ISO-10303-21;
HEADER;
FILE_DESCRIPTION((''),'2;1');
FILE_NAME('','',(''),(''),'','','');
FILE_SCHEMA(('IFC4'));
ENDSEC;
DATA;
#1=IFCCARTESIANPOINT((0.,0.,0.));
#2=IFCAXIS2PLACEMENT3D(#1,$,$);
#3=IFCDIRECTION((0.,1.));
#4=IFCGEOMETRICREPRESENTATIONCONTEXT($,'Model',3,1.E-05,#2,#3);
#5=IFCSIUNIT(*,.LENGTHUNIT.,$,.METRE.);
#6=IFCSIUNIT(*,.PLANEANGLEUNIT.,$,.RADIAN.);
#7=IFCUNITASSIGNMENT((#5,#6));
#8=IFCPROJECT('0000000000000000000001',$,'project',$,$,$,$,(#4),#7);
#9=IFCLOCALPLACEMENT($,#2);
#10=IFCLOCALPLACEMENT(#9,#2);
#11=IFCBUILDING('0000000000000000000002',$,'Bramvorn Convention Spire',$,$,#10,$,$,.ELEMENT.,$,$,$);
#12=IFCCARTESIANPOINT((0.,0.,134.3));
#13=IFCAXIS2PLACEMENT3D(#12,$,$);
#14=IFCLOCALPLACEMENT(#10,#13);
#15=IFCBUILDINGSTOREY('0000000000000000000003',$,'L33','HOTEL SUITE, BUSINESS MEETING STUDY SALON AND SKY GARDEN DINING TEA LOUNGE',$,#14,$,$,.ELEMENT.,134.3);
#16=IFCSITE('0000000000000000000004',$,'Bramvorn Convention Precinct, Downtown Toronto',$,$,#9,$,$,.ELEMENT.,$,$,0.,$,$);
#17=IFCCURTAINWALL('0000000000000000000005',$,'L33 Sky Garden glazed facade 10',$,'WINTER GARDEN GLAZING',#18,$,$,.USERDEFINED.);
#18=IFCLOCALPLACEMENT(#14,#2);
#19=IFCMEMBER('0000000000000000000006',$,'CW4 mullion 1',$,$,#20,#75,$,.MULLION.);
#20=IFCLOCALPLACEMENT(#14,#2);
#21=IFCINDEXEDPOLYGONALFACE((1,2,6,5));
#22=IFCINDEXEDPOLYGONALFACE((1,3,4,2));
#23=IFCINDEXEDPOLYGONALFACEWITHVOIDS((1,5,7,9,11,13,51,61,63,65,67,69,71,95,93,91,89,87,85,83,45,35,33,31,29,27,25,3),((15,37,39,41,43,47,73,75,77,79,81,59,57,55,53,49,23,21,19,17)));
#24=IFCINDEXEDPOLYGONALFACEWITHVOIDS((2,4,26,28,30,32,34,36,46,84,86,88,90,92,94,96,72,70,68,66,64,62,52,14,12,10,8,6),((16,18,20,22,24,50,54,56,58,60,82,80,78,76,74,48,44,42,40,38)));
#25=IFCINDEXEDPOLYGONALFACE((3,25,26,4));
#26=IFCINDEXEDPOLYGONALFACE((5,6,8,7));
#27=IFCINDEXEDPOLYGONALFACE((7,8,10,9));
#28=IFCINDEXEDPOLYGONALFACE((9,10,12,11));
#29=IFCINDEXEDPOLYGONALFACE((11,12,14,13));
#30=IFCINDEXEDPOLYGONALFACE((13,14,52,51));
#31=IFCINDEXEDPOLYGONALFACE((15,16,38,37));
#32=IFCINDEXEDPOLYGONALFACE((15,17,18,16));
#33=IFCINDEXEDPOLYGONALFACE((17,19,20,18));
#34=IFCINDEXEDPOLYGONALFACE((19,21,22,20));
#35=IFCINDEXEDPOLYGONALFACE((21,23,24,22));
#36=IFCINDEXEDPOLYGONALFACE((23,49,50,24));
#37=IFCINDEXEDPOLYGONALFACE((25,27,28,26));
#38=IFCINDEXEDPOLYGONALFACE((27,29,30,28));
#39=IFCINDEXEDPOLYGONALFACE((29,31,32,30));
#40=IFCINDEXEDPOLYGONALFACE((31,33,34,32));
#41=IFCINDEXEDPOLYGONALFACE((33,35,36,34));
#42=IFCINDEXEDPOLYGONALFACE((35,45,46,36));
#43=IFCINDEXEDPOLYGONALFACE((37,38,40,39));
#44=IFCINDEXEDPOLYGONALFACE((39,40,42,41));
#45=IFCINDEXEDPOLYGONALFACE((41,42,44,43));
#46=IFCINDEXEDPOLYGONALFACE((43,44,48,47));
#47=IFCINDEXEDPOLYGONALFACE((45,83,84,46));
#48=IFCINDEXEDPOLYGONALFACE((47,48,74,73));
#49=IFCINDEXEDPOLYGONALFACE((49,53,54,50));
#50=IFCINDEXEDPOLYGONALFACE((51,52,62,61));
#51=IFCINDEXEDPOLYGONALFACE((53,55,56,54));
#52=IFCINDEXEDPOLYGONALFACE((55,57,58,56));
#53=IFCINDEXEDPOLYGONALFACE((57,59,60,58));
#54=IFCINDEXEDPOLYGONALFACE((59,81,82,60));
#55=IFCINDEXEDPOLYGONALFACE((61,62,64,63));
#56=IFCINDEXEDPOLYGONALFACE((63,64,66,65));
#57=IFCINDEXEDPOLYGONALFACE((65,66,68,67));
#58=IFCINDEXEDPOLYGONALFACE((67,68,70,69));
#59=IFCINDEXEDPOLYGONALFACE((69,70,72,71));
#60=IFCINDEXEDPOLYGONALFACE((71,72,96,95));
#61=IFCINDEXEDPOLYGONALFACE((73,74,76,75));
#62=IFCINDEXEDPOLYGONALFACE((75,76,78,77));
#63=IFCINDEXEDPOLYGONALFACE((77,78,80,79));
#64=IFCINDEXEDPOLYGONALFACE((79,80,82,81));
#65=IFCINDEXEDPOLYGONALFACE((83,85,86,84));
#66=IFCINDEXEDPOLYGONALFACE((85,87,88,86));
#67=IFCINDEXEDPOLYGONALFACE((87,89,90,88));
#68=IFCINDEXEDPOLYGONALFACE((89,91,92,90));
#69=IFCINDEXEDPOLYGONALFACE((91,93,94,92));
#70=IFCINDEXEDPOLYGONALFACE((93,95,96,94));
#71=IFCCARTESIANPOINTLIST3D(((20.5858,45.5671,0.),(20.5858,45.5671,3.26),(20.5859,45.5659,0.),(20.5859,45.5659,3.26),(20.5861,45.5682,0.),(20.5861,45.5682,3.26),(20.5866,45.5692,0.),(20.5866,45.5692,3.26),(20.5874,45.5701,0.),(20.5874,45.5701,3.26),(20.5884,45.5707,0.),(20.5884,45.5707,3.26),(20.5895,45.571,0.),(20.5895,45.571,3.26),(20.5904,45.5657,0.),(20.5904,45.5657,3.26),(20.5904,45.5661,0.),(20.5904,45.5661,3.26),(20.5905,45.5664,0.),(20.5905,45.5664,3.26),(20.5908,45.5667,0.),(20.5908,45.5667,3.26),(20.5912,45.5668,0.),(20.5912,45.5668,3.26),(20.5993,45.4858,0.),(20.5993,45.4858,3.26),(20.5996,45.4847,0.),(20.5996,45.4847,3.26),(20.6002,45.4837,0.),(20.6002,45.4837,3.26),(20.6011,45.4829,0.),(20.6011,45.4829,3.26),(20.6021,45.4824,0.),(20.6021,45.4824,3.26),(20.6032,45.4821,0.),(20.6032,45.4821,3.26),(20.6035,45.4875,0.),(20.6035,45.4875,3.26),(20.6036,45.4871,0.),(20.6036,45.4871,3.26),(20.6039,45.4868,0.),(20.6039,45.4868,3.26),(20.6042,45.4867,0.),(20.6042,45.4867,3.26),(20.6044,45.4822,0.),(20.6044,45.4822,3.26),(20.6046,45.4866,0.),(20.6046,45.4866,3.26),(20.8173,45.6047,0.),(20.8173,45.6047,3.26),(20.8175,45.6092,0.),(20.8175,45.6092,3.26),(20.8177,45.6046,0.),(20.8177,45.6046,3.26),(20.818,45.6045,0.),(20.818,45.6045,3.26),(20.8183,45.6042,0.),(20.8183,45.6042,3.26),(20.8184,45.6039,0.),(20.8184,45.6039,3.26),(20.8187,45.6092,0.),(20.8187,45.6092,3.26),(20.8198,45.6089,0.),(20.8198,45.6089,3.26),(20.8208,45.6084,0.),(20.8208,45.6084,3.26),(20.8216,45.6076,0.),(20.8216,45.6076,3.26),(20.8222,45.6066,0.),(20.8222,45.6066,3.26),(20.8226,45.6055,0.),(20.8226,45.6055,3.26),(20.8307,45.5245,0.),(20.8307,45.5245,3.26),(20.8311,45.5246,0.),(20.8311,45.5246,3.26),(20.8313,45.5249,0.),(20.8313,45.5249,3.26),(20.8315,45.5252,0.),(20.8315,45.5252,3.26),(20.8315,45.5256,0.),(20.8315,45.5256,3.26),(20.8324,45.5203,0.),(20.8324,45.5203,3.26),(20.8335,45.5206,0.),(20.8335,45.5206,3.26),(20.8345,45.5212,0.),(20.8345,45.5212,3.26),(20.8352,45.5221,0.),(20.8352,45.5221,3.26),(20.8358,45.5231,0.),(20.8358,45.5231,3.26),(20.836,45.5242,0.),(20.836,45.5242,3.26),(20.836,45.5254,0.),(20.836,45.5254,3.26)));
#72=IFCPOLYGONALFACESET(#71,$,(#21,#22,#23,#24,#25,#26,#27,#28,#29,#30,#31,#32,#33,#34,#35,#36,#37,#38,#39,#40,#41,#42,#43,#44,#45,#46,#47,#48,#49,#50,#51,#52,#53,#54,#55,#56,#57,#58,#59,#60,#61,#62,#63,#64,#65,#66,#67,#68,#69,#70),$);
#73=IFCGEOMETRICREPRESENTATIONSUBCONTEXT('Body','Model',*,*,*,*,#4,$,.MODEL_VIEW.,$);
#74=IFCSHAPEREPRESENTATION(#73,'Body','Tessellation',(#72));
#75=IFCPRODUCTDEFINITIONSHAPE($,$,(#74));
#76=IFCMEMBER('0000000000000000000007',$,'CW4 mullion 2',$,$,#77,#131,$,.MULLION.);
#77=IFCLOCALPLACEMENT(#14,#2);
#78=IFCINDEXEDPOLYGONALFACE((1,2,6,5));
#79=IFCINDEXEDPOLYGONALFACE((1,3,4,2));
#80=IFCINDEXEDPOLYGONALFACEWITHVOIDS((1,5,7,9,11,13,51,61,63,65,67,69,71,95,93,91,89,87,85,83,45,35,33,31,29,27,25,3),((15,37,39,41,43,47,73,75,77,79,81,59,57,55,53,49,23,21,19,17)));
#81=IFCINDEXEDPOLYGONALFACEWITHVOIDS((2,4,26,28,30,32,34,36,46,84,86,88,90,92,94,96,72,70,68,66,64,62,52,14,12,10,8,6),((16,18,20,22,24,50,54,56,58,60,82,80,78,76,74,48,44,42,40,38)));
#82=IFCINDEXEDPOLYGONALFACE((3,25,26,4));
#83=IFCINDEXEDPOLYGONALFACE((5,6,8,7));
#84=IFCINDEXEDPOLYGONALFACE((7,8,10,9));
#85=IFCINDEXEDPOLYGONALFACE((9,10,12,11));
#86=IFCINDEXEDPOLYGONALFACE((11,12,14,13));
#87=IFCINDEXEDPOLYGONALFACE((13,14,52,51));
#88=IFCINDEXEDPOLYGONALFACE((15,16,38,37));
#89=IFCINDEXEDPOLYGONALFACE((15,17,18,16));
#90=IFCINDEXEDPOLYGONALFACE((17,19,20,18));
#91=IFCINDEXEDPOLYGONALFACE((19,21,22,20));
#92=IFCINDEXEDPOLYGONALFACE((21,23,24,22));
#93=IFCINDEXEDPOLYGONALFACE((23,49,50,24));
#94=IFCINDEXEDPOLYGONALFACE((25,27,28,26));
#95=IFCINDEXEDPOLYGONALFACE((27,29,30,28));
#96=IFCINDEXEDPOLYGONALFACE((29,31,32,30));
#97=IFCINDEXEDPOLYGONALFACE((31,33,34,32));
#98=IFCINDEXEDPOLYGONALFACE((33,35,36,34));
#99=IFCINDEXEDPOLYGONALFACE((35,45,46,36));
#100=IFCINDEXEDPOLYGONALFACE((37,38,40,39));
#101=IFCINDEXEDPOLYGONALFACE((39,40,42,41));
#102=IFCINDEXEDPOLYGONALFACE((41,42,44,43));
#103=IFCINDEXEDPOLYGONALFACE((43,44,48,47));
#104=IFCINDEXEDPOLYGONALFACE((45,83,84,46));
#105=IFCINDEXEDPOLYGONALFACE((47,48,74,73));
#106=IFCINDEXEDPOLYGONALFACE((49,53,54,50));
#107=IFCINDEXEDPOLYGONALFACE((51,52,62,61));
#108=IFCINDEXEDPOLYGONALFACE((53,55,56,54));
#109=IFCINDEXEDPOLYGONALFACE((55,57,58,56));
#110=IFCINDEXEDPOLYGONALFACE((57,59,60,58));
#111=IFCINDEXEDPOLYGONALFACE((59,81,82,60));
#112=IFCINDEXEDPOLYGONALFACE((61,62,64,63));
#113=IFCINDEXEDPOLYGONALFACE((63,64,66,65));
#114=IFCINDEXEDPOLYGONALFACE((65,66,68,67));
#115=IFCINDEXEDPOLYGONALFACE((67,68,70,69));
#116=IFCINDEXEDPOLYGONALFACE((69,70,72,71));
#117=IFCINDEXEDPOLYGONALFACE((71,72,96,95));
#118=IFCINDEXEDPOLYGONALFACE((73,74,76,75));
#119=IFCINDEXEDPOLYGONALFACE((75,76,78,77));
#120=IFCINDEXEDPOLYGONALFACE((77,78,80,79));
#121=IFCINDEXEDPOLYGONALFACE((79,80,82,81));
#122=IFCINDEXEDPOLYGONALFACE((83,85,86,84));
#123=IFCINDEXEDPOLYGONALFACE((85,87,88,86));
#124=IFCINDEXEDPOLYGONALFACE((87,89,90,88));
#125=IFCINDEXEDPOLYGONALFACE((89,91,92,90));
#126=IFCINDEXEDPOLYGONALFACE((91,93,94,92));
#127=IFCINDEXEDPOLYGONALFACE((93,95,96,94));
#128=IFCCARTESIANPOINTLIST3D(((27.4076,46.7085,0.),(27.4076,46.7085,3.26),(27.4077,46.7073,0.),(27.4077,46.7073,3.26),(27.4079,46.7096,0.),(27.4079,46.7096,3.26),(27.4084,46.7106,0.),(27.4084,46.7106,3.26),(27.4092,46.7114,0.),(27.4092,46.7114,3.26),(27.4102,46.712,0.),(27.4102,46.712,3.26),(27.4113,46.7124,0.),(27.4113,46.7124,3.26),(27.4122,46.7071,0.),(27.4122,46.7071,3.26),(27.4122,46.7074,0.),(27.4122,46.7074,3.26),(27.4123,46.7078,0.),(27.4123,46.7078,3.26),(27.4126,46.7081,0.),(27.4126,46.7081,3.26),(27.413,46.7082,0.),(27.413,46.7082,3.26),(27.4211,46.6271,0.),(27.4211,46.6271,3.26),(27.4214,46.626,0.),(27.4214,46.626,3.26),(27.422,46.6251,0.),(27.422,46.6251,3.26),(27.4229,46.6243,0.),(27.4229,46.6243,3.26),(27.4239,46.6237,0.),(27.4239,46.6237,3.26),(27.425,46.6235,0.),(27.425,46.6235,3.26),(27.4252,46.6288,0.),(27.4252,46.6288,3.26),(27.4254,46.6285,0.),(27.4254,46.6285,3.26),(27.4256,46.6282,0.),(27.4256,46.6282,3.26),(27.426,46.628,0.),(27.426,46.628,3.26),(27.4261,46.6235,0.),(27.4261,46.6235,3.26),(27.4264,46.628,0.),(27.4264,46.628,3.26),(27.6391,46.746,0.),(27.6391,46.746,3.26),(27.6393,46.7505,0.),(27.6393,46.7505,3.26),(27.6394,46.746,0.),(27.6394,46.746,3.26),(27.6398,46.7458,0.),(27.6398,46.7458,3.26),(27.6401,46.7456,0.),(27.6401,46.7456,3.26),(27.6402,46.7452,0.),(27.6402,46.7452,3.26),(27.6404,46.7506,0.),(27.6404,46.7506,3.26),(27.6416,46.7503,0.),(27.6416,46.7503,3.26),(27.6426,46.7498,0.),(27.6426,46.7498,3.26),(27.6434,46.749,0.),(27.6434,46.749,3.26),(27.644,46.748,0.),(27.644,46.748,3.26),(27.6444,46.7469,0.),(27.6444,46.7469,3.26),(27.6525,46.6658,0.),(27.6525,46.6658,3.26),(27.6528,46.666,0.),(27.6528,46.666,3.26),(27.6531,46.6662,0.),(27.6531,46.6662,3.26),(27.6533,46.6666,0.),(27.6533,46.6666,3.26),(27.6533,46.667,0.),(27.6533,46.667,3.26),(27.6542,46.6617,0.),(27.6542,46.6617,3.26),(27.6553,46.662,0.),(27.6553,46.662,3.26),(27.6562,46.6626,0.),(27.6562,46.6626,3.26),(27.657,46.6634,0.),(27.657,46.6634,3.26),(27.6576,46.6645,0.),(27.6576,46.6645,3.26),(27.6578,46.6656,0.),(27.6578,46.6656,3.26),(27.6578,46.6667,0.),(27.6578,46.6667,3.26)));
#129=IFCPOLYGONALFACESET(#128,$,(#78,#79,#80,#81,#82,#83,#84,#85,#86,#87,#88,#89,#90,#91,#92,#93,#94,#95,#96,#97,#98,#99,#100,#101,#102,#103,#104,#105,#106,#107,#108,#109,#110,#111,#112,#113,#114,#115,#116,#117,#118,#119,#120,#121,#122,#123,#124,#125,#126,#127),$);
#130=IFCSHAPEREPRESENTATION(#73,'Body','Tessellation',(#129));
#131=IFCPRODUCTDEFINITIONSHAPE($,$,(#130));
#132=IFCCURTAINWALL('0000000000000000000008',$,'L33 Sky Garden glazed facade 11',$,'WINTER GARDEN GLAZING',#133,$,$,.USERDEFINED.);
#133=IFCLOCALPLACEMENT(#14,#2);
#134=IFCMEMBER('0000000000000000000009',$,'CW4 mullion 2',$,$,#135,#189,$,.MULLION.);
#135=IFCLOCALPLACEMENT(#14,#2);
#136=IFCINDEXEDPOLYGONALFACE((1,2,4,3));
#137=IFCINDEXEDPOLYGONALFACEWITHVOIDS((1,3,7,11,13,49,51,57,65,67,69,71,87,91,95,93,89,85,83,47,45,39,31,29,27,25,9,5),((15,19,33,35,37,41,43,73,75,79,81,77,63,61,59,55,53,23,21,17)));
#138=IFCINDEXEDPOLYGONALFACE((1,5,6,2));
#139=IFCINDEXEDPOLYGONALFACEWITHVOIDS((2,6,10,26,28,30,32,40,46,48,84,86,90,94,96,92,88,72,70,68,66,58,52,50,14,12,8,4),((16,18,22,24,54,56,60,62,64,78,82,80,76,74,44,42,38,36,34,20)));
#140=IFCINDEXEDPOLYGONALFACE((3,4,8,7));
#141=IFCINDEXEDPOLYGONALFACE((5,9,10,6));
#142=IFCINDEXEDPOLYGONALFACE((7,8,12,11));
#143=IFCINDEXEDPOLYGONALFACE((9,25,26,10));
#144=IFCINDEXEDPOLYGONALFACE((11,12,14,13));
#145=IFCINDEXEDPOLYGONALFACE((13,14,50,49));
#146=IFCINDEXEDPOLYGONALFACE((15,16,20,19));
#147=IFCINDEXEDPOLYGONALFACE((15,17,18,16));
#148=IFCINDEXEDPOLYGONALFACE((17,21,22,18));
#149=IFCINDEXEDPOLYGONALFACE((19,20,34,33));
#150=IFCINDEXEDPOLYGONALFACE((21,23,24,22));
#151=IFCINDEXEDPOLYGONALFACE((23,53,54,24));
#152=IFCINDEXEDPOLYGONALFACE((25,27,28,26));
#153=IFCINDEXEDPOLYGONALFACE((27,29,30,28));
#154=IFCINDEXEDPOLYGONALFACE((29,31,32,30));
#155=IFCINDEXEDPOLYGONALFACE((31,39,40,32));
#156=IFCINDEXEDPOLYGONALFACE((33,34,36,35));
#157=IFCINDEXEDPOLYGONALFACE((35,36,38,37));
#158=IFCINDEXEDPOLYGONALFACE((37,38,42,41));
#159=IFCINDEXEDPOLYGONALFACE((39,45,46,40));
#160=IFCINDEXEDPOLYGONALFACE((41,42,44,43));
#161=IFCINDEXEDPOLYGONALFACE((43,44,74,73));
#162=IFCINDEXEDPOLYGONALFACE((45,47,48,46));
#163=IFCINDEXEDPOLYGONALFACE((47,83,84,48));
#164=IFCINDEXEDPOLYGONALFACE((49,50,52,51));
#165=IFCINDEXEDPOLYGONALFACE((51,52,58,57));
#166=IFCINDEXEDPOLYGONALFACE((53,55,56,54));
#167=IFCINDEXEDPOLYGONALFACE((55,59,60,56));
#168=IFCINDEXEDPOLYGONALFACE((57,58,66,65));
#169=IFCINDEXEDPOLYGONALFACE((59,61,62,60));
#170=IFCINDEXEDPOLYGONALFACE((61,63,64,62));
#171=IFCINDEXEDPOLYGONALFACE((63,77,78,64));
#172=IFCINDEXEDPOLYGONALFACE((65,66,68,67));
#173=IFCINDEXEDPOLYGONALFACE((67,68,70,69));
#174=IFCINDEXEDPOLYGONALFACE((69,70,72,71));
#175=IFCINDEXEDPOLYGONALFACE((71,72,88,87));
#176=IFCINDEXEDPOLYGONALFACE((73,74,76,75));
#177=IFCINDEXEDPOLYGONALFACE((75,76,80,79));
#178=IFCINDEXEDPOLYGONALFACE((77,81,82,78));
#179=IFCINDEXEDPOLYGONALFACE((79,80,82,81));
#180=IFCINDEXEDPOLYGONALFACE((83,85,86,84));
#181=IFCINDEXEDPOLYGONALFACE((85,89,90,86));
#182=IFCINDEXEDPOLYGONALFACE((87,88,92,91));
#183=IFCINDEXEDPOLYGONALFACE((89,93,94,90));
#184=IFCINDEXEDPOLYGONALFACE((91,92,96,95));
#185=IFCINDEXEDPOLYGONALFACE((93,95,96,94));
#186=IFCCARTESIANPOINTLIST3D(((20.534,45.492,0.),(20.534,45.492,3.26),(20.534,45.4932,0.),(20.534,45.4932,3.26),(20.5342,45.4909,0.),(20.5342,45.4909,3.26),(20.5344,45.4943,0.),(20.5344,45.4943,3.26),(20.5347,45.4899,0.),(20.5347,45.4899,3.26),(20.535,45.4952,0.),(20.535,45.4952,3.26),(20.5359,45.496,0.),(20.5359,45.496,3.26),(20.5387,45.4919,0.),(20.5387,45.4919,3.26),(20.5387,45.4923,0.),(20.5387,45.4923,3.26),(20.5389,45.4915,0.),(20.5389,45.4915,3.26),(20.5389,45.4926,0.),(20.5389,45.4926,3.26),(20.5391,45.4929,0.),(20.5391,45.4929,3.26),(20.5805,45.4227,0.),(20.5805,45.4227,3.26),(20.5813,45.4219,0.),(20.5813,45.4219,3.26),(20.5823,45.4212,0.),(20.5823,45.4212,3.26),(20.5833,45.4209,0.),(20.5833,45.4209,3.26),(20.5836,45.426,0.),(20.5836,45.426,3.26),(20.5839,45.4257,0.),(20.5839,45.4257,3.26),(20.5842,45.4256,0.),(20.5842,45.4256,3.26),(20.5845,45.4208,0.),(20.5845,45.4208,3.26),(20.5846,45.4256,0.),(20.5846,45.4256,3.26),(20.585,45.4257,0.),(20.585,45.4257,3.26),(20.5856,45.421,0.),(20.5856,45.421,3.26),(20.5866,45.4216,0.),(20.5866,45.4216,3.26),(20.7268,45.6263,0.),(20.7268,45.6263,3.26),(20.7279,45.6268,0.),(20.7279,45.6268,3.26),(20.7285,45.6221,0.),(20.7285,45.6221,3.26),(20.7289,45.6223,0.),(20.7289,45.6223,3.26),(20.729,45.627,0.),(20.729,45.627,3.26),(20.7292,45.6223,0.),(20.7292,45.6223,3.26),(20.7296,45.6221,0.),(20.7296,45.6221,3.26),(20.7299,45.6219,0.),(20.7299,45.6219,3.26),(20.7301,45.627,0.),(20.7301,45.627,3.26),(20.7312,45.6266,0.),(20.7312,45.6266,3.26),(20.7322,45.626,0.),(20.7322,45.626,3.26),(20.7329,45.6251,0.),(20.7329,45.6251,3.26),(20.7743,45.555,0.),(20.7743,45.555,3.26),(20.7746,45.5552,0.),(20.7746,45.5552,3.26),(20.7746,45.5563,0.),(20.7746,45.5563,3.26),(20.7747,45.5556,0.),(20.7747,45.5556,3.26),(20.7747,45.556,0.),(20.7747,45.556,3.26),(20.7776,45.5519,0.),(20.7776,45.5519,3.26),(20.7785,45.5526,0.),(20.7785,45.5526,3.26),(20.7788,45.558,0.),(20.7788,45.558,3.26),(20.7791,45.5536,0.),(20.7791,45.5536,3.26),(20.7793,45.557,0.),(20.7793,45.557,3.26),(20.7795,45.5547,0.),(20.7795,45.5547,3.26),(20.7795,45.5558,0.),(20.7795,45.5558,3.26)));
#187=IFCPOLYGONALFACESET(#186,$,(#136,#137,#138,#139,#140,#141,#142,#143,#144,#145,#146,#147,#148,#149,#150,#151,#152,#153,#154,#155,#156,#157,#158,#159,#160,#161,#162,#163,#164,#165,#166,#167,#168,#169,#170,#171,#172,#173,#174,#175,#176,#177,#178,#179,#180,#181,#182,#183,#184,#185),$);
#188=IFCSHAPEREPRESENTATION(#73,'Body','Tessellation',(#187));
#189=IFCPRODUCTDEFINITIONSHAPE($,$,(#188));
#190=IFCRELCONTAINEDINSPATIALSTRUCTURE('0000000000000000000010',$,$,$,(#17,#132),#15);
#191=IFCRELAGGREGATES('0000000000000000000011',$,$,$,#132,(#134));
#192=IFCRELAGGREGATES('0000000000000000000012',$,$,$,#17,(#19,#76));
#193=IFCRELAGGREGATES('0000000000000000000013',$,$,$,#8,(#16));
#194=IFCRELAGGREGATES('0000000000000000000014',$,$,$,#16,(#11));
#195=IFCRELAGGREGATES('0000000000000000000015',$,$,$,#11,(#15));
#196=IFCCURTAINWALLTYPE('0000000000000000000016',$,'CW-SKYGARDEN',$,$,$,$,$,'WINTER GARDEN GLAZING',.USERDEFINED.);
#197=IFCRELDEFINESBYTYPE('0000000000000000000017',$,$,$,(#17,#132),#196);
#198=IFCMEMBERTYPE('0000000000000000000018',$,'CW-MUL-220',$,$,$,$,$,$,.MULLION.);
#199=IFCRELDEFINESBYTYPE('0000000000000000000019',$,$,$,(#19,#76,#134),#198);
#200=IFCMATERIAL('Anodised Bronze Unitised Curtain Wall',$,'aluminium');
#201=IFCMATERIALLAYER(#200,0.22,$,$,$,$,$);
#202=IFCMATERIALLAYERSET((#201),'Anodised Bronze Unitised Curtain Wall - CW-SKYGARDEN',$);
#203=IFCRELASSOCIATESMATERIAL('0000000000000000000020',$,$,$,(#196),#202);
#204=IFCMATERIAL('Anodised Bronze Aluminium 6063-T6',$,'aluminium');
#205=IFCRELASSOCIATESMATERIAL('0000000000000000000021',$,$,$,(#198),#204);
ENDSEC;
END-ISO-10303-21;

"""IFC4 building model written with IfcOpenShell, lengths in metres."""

from ifc_helpers import new_model, si_unit, direction, frame, origin, origin_2d, place, context, subcontext, project, spatial, hollow_rectangle, extrude, material, layer, layer_set, material_profile, profile_set, type_object, element, aggregate, save


model = new_model("IFC4")

# Units and contexts
model_context = context("Model", 3, precision=1e-05, world=origin(), true_north=direction((0.0, 1.0)))
body_context = subcontext(model_context, "Body", "Model", "MODEL_VIEW")
ifc_project = project(units=[si_unit("LENGTHUNIT", "METRE"), si_unit("PLANEANGLEUNIT", "RADIAN")], contexts=[model_context])

# Site, building, storey
site_placement = place(None, origin())
site = spatial("IfcSite", under=ifc_project, at=site_placement, Name="Bramvorn Convention Precinct, Downtown Toronto", CompositionType="ELEMENT", RefElevation=0.0)
building_placement = place(site_placement, origin())
building = spatial("IfcBuilding", under=site, at=building_placement, Name="Bramvorn Convention Spire", CompositionType="ELEMENT")
storey_placement = place(building_placement, frame((0.0, 0.0, 134.3)))
storey = spatial("IfcBuildingStorey", under=building, at=storey_placement, Name="L33", Description="HOTEL SUITE, BUSINESS MEETING STUDY SALON AND SKY GARDEN DINING TEA LOUNGE", CompositionType="ELEMENT", Elevation=134.3)

# Curtain wall, members
ifc_material_1 = material(Name="Anodised Bronze Unitised Curtain Wall", Category="aluminium")
ifc_layer_1 = layer(ifc_material_1, 0.22)
ifc_layer_set_1 = layer_set([ifc_layer_1], Name="Anodised Bronze Unitised Curtain Wall - CW-SKYGARDEN")
curtain_wall_type = type_object("IfcCurtainWallType", Name="CW-SKYGARDEN", ElementType="WINTER GARDEN GLAZING", PredefinedType="USERDEFINED", material=ifc_layer_set_1)
curtain_wall_1_placement = place(storey_placement, origin())
curtain_wall_1 = element("IfcCurtainWall", 1, at=curtain_wall_1_placement, inside=storey, type_object=curtain_wall_type, Name="L33 Sky Garden glazed facade 10", ObjectType="WINTER GARDEN GLAZING", PredefinedType="USERDEFINED")
ifc_material_2 = material(Name="Anodised Bronze Aluminium 6063-T6", Category="aluminium")
ifc_material_profile_1 = material_profile(ifc_material_2, hollow_rectangle(XDim=0.0901, YDim=0.24, WallThickness=0.0044, InnerFilletRadius=0.001, OuterFilletRadius=0.0044, at=origin_2d()))
ifc_profile_set_1 = profile_set([ifc_material_profile_1], Name="Anodised Bronze Aluminium 6063-T6 - CWM90X240")
member_type_1 = type_object("IfcMemberType", Name="CW-MUL-220", PredefinedType="MULLION", material=ifc_profile_set_1)
member_1_placement = place(storey_placement, frame((20.7109, 45.5457, 0.0), z_axis=(0.0, 0.0, 1.0), x_axis=(-0.164994, 0.986295, 0.0)))
member_1 = element("IfcMember", 2, at=member_1_placement, type_object=member_type_1, Name="CW4 mullion 1", PredefinedType="MULLION", context=body_context, shape_type="SweptSolid", body=[
    extrude(hollow_rectangle(XDim=0.0901, YDim=0.24, WallThickness=0.0044, InnerFilletRadius=0.001, OuterFilletRadius=0.0044, at=origin_2d()), origin(), (0.0, 0.0, 1.0), 3.26),
])
member_2_placement = place(storey_placement, frame((27.5327, 46.687, 0.0), z_axis=(0.0, 0.0, 1.0), x_axis=(-0.164994, 0.986295, 0.0)))
member_2 = element("IfcMember", 3, at=member_2_placement, type_object=member_type_1, Name="CW4 mullion 2", PredefinedType="MULLION", context=body_context, shape_type="SweptSolid", body=[
    extrude(hollow_rectangle(XDim=0.0901, YDim=0.24, WallThickness=0.0044, InnerFilletRadius=0.001, OuterFilletRadius=0.0044, at=origin_2d()), origin(), (0.0, 0.0, 1.0), 3.26),
])

# Curtain wall, member
curtain_wall_2_placement = place(storey_placement, origin())
curtain_wall_2 = element("IfcCurtainWall", 4, at=curtain_wall_2_placement, inside=storey, type_object=curtain_wall_type, Name="L33 Sky Garden glazed facade 11", ObjectType="WINTER GARDEN GLAZING", PredefinedType="USERDEFINED")
member_3_placement = place(storey_placement, frame((20.6567, 45.5239, 0.0), z_axis=(0.0, 0.0, 1.0), x_axis=(-0.563637, 0.826023, 0.0)))
member_3 = element("IfcMember", 5, at=member_3_placement, type_object=member_type_1, Name="CW4 mullion 2", PredefinedType="MULLION", context=body_context, shape_type="SweptSolid", body=[
    extrude(hollow_rectangle(XDim=0.0901, YDim=0.24, WallThickness=0.0044, InnerFilletRadius=0.001, OuterFilletRadius=0.0044, at=origin_2d()), origin(), (0.0, 0.0, 1.0), 3.26),
])
aggregate(curtain_wall_2, [member_3])

aggregate(curtain_wall_1, [member_1, member_2])

save(model, "model.ifc")
